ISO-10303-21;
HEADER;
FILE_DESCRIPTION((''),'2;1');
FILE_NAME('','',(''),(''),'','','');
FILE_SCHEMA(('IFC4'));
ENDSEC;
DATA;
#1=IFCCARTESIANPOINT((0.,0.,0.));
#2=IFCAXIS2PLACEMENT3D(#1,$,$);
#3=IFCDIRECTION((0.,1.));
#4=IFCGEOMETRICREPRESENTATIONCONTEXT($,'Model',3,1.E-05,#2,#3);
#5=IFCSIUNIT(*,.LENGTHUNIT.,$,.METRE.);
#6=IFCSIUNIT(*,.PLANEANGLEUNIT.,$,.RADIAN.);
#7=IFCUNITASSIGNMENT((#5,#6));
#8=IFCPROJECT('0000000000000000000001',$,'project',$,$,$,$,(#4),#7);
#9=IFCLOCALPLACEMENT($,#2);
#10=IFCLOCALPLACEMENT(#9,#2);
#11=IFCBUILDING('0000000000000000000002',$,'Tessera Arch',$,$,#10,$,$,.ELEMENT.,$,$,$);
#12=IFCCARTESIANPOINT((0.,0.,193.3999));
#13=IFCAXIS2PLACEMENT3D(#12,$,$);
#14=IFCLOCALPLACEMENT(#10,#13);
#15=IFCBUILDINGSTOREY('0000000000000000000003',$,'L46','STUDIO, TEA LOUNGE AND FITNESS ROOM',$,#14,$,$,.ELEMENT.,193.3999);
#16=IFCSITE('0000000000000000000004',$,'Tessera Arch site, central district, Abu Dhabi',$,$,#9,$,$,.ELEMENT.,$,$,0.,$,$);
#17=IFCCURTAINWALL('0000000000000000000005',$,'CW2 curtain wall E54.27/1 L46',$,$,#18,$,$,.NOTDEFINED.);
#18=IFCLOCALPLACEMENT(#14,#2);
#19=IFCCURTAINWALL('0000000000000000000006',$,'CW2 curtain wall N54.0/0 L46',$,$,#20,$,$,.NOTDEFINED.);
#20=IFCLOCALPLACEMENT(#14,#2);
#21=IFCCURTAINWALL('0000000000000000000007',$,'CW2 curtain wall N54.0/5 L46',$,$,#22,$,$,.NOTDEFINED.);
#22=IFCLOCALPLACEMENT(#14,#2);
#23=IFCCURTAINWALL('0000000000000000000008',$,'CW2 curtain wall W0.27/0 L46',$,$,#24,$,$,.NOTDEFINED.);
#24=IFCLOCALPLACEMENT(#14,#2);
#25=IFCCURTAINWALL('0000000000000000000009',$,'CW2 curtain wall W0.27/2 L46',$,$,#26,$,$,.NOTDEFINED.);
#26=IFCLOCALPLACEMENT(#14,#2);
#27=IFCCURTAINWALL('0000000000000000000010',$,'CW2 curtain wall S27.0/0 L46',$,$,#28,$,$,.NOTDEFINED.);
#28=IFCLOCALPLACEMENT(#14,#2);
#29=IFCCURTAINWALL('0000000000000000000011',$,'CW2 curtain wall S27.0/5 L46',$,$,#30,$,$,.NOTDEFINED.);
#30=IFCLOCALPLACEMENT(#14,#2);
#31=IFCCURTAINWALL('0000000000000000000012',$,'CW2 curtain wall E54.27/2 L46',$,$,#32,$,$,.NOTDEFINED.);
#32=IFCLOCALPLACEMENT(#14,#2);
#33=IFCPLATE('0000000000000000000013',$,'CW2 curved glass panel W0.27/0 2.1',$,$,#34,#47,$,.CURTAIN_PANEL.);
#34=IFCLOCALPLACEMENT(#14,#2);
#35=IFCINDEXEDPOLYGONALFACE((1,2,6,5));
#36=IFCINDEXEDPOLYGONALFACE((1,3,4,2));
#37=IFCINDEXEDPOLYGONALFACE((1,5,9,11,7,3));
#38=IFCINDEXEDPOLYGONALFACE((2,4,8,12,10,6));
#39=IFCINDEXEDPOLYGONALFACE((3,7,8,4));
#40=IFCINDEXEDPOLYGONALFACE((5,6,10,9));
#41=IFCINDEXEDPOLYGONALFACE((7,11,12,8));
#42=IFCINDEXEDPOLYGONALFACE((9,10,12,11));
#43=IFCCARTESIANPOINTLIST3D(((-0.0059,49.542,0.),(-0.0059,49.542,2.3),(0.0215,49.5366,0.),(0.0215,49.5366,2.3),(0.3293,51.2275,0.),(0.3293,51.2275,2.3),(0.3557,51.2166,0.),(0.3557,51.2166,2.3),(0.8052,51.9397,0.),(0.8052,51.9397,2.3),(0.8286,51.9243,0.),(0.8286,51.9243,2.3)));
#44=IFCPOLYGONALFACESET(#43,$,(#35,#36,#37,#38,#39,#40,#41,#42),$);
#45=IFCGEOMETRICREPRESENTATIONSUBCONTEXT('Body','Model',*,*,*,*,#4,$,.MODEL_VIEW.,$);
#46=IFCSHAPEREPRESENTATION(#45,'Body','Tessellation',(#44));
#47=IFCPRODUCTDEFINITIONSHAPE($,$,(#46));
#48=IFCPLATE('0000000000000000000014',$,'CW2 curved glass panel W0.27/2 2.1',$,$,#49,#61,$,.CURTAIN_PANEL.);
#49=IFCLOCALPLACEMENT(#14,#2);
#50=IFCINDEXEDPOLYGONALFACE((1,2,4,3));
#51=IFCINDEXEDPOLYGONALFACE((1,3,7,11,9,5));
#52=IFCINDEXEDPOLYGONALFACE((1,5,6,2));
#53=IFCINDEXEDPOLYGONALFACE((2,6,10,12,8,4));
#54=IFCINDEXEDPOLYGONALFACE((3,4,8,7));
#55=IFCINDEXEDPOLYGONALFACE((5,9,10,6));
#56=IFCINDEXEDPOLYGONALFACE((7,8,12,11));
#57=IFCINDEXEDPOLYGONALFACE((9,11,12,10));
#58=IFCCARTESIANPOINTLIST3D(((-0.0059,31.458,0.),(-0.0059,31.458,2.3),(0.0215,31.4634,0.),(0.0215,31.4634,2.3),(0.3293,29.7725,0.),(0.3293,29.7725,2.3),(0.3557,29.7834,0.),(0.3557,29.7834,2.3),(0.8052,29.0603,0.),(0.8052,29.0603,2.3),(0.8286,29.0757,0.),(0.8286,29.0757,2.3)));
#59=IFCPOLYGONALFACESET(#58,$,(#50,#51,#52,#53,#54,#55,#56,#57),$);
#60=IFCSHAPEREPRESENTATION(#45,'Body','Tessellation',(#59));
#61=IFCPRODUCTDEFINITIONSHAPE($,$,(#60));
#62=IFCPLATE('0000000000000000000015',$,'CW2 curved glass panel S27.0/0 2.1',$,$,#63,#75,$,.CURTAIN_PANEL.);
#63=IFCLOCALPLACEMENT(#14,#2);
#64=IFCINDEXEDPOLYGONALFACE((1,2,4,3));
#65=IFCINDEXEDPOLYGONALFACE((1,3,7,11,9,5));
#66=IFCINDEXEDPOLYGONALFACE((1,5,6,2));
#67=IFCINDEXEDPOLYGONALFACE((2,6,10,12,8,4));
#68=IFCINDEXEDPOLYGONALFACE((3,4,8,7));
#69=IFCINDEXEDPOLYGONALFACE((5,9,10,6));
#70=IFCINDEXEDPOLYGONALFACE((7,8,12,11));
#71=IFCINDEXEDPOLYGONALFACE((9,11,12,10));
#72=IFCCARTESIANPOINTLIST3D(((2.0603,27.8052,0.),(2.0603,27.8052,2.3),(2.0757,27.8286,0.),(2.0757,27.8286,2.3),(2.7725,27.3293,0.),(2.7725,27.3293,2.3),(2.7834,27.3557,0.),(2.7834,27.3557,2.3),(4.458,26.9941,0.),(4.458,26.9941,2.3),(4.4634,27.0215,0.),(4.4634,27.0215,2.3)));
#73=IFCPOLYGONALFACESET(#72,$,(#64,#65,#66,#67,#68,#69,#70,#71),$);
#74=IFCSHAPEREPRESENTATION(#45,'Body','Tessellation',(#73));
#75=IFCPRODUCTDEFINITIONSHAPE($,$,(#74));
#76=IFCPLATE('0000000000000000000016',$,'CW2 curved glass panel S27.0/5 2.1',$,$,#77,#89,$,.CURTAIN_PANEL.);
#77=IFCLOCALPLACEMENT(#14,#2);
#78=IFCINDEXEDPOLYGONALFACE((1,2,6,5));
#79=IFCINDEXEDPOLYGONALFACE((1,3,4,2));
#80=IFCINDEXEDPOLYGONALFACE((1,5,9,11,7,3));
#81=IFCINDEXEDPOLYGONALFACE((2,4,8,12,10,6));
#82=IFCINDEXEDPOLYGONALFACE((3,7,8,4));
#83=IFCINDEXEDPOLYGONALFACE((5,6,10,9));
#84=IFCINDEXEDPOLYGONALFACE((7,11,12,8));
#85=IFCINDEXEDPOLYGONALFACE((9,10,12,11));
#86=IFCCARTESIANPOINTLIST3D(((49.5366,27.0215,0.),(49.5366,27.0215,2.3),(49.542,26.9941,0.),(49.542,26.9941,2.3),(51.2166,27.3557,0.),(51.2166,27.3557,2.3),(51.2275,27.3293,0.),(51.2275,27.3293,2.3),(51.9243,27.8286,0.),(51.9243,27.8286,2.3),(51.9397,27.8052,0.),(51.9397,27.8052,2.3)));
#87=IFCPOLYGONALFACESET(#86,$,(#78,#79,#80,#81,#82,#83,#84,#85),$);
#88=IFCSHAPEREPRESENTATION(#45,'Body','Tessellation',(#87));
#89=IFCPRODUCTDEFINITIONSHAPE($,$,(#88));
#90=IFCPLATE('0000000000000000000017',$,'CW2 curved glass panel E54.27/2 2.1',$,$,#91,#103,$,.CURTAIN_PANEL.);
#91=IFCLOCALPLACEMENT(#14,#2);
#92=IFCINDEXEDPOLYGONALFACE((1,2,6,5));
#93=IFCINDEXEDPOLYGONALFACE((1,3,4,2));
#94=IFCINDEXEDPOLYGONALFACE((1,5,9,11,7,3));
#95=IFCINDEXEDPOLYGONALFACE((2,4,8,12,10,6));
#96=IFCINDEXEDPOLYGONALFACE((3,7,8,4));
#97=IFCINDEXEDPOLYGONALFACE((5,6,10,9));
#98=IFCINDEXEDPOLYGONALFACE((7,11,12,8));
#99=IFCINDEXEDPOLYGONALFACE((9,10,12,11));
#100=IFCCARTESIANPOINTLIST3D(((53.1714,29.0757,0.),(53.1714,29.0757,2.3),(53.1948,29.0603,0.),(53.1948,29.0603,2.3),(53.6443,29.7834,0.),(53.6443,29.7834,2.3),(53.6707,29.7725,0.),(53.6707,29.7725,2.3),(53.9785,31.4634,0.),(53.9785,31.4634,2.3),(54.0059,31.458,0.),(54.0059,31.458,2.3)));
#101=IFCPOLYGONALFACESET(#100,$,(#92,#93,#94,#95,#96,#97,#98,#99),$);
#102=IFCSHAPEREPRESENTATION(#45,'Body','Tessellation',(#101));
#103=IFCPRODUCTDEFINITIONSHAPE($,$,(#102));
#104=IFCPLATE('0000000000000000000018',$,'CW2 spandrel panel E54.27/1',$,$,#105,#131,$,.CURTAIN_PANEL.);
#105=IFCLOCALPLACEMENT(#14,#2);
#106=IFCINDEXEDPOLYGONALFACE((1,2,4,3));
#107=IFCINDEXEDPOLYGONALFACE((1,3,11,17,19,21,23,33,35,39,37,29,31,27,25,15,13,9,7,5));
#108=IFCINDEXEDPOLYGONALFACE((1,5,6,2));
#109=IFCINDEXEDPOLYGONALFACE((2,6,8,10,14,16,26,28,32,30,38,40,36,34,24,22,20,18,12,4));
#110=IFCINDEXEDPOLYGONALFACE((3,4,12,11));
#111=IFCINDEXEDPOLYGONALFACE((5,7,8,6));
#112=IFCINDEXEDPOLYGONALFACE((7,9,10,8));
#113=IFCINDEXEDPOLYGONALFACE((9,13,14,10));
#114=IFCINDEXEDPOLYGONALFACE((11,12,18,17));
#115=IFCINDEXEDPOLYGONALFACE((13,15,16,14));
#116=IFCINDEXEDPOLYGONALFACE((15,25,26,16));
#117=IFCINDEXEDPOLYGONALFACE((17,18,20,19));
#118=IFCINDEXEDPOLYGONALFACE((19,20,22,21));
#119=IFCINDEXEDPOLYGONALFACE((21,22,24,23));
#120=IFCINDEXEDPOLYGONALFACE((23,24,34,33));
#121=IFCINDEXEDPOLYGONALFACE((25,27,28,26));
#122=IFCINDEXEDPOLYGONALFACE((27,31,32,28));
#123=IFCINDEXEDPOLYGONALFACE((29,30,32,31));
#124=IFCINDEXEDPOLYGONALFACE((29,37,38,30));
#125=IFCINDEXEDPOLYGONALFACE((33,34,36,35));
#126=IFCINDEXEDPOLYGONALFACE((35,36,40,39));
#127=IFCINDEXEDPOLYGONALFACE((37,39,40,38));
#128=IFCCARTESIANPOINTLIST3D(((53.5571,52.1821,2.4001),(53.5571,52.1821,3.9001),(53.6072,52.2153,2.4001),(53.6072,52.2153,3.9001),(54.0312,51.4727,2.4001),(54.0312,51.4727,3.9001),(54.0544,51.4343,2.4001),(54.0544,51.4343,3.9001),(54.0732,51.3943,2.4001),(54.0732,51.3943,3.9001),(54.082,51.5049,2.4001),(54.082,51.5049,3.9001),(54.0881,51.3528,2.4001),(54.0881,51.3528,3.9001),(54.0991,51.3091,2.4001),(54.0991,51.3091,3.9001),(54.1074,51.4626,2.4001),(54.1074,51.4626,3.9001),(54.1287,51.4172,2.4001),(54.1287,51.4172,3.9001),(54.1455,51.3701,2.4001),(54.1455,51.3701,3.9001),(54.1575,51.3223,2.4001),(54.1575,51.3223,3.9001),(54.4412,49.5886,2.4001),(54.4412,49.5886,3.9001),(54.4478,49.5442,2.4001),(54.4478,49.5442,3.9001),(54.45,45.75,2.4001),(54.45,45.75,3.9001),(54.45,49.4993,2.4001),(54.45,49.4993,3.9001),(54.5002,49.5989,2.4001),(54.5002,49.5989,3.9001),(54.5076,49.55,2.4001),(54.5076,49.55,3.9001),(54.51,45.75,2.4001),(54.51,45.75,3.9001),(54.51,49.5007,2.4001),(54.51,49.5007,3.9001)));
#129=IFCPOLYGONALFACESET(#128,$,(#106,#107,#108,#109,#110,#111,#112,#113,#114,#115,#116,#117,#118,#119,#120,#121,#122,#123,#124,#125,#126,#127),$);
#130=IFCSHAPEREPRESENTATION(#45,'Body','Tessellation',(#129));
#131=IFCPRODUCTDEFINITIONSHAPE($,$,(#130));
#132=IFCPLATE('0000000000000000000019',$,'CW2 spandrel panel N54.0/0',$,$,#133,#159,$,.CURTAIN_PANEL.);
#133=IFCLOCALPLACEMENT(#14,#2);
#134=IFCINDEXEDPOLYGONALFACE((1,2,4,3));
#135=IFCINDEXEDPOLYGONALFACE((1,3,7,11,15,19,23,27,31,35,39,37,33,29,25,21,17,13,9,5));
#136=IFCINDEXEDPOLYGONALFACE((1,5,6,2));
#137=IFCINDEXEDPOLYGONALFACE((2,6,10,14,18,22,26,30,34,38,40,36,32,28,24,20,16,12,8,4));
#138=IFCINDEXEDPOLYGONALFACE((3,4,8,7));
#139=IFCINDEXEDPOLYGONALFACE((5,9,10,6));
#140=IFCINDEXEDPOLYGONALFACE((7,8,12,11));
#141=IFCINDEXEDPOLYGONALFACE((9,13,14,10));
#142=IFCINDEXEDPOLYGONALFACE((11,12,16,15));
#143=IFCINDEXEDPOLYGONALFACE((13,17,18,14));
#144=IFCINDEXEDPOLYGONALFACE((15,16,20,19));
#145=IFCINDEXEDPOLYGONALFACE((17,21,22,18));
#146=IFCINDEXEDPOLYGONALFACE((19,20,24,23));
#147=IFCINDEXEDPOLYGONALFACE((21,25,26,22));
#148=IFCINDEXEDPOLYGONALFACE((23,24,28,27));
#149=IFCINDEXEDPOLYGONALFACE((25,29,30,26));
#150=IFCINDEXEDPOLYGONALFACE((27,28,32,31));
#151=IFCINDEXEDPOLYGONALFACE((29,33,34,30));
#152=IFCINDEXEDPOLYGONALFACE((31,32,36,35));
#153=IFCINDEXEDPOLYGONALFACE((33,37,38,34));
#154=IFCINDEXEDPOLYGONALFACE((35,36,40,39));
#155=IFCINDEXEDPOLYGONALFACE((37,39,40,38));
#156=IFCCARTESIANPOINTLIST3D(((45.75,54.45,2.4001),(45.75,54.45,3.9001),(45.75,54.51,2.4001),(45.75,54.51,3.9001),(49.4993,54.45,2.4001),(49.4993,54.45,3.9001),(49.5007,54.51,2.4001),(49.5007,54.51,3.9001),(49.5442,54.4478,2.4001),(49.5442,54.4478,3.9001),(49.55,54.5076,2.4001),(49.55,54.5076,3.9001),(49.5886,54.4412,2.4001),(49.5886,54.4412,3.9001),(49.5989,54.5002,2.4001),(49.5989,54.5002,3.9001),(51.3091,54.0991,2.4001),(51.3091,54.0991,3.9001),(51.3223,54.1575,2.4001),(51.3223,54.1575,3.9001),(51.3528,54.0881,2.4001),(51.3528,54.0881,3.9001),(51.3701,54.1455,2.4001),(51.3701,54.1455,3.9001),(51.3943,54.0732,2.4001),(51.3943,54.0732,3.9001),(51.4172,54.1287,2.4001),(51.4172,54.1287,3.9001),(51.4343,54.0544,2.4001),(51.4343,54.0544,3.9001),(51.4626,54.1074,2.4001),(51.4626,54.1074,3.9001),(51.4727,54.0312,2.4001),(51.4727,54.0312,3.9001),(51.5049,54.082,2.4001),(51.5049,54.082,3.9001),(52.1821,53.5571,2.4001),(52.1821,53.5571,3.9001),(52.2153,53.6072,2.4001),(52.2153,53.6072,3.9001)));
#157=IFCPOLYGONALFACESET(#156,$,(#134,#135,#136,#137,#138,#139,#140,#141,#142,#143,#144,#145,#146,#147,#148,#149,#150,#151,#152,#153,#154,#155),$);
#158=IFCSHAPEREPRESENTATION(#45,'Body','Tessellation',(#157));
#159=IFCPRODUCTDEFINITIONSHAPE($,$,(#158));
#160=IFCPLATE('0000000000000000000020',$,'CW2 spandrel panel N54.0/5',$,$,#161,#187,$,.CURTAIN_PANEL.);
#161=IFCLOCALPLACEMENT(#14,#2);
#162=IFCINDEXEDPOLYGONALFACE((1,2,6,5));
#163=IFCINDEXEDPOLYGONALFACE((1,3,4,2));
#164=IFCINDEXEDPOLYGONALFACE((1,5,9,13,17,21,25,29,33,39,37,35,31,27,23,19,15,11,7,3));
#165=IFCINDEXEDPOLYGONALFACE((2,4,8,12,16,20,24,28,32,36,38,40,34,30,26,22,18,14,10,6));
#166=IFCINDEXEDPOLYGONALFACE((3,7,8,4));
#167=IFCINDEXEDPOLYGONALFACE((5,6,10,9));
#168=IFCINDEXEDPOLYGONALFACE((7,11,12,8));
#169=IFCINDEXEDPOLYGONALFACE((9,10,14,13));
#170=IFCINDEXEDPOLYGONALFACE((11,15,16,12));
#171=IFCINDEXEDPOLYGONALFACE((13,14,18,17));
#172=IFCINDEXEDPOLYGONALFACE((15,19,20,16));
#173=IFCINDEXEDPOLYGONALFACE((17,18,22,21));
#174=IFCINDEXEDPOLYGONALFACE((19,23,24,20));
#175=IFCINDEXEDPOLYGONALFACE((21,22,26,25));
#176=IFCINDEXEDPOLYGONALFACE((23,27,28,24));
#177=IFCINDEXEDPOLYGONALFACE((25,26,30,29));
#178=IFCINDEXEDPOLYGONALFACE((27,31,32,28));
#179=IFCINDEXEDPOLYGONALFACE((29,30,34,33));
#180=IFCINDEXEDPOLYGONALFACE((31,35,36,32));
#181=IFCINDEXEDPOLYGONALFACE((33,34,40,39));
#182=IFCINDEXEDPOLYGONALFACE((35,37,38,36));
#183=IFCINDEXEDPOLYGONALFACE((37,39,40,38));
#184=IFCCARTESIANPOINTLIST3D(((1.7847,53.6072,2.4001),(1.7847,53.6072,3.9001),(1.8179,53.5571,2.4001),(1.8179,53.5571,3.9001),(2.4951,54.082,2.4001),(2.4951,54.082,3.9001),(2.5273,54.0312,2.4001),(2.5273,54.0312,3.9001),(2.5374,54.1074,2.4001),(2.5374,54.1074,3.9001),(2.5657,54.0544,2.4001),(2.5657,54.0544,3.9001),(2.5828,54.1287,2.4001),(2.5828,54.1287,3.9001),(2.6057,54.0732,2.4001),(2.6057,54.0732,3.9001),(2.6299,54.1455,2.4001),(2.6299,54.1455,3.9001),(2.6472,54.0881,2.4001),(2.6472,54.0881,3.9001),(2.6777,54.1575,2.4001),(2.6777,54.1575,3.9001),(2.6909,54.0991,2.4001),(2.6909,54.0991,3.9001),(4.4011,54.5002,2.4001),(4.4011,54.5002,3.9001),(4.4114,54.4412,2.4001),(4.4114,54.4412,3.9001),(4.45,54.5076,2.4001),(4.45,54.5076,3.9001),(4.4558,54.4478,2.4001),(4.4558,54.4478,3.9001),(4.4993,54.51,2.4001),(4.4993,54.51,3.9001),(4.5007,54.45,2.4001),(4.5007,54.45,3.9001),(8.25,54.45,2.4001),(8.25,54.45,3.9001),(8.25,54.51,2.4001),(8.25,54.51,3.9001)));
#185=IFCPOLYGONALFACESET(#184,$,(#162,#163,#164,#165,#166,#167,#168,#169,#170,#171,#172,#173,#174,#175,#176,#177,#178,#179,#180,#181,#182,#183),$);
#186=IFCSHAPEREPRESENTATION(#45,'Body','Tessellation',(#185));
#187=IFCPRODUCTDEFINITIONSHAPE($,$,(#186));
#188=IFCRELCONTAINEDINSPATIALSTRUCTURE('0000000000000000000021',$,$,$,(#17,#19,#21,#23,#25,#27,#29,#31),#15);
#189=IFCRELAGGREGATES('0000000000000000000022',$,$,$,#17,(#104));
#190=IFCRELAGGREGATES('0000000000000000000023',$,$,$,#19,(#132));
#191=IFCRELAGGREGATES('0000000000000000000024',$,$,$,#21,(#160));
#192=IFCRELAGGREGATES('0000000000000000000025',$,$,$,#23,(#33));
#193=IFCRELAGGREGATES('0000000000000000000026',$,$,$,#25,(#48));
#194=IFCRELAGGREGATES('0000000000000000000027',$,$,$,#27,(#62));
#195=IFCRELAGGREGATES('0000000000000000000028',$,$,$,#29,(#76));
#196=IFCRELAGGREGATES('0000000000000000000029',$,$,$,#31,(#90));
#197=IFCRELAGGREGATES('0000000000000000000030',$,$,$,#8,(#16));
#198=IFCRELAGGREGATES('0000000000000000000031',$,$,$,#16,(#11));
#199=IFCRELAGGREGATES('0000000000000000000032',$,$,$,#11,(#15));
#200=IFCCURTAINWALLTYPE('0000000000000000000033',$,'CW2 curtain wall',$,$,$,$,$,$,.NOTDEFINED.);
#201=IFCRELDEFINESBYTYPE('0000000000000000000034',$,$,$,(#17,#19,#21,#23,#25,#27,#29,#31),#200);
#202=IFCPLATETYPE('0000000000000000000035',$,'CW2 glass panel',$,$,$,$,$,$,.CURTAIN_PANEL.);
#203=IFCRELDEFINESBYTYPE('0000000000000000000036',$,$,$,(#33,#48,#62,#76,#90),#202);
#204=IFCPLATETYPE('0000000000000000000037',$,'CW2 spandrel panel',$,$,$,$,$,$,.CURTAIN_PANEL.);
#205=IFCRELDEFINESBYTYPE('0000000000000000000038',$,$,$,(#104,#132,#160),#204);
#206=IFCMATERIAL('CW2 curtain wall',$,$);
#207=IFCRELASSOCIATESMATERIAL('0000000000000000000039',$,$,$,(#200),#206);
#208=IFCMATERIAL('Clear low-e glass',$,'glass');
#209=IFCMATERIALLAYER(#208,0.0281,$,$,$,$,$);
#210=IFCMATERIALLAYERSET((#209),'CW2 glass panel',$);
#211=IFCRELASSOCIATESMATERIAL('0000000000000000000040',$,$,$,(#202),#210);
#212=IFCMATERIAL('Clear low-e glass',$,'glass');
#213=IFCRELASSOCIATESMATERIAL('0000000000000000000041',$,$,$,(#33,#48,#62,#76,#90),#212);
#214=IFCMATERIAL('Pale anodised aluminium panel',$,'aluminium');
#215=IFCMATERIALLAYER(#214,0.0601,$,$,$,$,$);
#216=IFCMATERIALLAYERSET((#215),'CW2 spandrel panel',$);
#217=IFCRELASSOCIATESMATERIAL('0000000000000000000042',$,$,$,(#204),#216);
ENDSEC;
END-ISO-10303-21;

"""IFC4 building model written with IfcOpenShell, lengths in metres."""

from ifc_helpers import new_model, si_unit, direction, frame, origin, place, context, subcontext, project, spatial, polyline, outline, extrude, material, layer, layer_set, type_object, element, aggregate, save


model = new_model("IFC4")

# Units and contexts
model_context = context("Model", 3, precision=1e-05, world=origin(), true_north=direction((0.0, 1.0)))
body_context = subcontext(model_context, "Body", "Model", "MODEL_VIEW")
ifc_project = project(units=[si_unit("LENGTHUNIT", "METRE"), si_unit("PLANEANGLEUNIT", "RADIAN")], contexts=[model_context])

# Site, building, storey
site_placement = place(None, origin())
site = spatial("IfcSite", under=ifc_project, at=site_placement, Name="Tessera Arch site, central district, Abu Dhabi", CompositionType="ELEMENT", RefElevation=0.0)
building_placement = place(site_placement, origin())
building = spatial("IfcBuilding", under=site, at=building_placement, Name="Tessera Arch", CompositionType="ELEMENT")
storey_placement = place(building_placement, frame((0.0, 0.0, 193.3999)))
storey = spatial("IfcBuildingStorey", under=building, at=storey_placement, Name="L46", Description="STUDIO, TEA LOUNGE AND FITNESS ROOM", CompositionType="ELEMENT", Elevation=193.3999)

# Curtain walls
ifc_material_1 = material(Name="CW2 curtain wall")
curtain_wall_type = type_object("IfcCurtainWallType", Name="CW2 curtain wall", PredefinedType="NOTDEFINED", material=ifc_material_1)
curtain_wall_1_placement = place(storey_placement, origin())
curtain_wall_1 = element("IfcCurtainWall", 1, at=curtain_wall_1_placement, inside=storey, type_object=curtain_wall_type, Name="CW2 curtain wall E54.27/1 L46", PredefinedType="NOTDEFINED")
curtain_wall_2_placement = place(storey_placement, origin())
curtain_wall_2 = element("IfcCurtainWall", 2, at=curtain_wall_2_placement, inside=storey, type_object=curtain_wall_type, Name="CW2 curtain wall N54.0/0 L46", PredefinedType="NOTDEFINED")
curtain_wall_3_placement = place(storey_placement, origin())
curtain_wall_3 = element("IfcCurtainWall", 3, at=curtain_wall_3_placement, inside=storey, type_object=curtain_wall_type, Name="CW2 curtain wall N54.0/5 L46", PredefinedType="NOTDEFINED")
curtain_wall_4_placement = place(storey_placement, origin())
curtain_wall_4 = element("IfcCurtainWall", 4, at=curtain_wall_4_placement, inside=storey, type_object=curtain_wall_type, Name="CW2 curtain wall W0.27/0 L46", PredefinedType="NOTDEFINED")
curtain_wall_5_placement = place(storey_placement, origin())
curtain_wall_5 = element("IfcCurtainWall", 5, at=curtain_wall_5_placement, inside=storey, type_object=curtain_wall_type, Name="CW2 curtain wall W0.27/2 L46", PredefinedType="NOTDEFINED")
curtain_wall_6_placement = place(storey_placement, origin())
curtain_wall_6 = element("IfcCurtainWall", 6, at=curtain_wall_6_placement, inside=storey, type_object=curtain_wall_type, Name="CW2 curtain wall S27.0/0 L46", PredefinedType="NOTDEFINED")
curtain_wall_7_placement = place(storey_placement, origin())
curtain_wall_7 = element("IfcCurtainWall", 7, at=curtain_wall_7_placement, inside=storey, type_object=curtain_wall_type, Name="CW2 curtain wall S27.0/5 L46", PredefinedType="NOTDEFINED")
curtain_wall_8_placement = place(storey_placement, origin())
curtain_wall_8 = element("IfcCurtainWall", 8, at=curtain_wall_8_placement, inside=storey, type_object=curtain_wall_type, Name="CW2 curtain wall E54.27/2 L46", PredefinedType="NOTDEFINED")

# Plates
ifc_material_2 = material(Name="Clear low-e glass", Category="glass")
ifc_material_3 = material(Name="Clear low-e glass", Category="glass")
ifc_layer_1 = layer(ifc_material_3, 0.0281)
ifc_layer_set_1 = layer_set([ifc_layer_1], Name="CW2 glass panel")
plate_type_1 = type_object("IfcPlateType", Name="CW2 glass panel", PredefinedType="CURTAIN_PANEL", material=ifc_layer_set_1)
plate_1_placement = place(storey_placement, origin())
plate_1 = element("IfcPlate", 9, at=plate_1_placement, type_object=plate_type_1, material=ifc_material_2, Name="CW2 curved glass panel W0.27/0 2.1", PredefinedType="CURTAIN_PANEL", context=body_context, shape_type="SweptSolid", body=[
    extrude(outline(polyline([(0.3557, 51.2166), (0.8286, 51.9243), (0.8052, 51.9397), (0.3293, 51.2275), (-0.0059, 49.542), (0.0215, 49.5366), (0.3557, 51.2166)])), origin(), (0.0, 0.0, 1.0), 2.3),
])
plate_2_placement = place(storey_placement, origin())
plate_2 = element("IfcPlate", 10, at=plate_2_placement, type_object=plate_type_1, material=ifc_material_2, Name="CW2 curved glass panel W0.27/2 2.1", PredefinedType="CURTAIN_PANEL", context=body_context, shape_type="SweptSolid", body=[
    extrude(outline(polyline([(0.3557, 29.7834), (0.0215, 31.4634), (-0.0059, 31.458), (0.3293, 29.7725), (0.8052, 29.0603), (0.8286, 29.0757), (0.3557, 29.7834)])), origin(), (0.0, 0.0, 1.0), 2.3),
])
plate_3_placement = place(storey_placement, origin())
plate_3 = element("IfcPlate", 11, at=plate_3_placement, type_object=plate_type_1, material=ifc_material_2, Name="CW2 curved glass panel S27.0/0 2.1", PredefinedType="CURTAIN_PANEL", context=body_context, shape_type="SweptSolid", body=[
    extrude(outline(polyline([(2.7834, 27.3557), (2.0757, 27.8286), (2.0603, 27.8052), (2.7725, 27.3293), (4.458, 26.9941), (4.4634, 27.0215), (2.7834, 27.3557)])), origin(), (0.0, 0.0, 1.0), 2.3),
])
plate_4_placement = place(storey_placement, origin())
plate_4 = element("IfcPlate", 12, at=plate_4_placement, type_object=plate_type_1, material=ifc_material_2, Name="CW2 curved glass panel S27.0/5 2.1", PredefinedType="CURTAIN_PANEL", context=body_context, shape_type="SweptSolid", body=[
    extrude(outline(polyline([(51.2166, 27.3557), (49.5366, 27.0215), (49.542, 26.9941), (51.2275, 27.3293), (51.9397, 27.8052), (51.9243, 27.8286), (51.2166, 27.3557)])), origin(), (0.0, 0.0, 1.0), 2.3),
])
plate_5_placement = place(storey_placement, origin())
plate_5 = element("IfcPlate", 13, at=plate_5_placement, type_object=plate_type_1, material=ifc_material_2, Name="CW2 curved glass panel E54.27/2 2.1", PredefinedType="CURTAIN_PANEL", context=body_context, shape_type="SweptSolid", body=[
    extrude(outline(polyline([(53.6443, 29.7834), (53.1714, 29.0757), (53.1948, 29.0603), (53.6707, 29.7725), (54.0059, 31.458), (53.9785, 31.4634), (53.6443, 29.7834)])), origin(), (0.0, 0.0, 1.0), 2.3),
])
ifc_material_4 = material(Name="Pale anodised aluminium panel", Category="aluminium")
ifc_layer_2 = layer(ifc_material_4, 0.0601)
ifc_layer_set_2 = layer_set([ifc_layer_2], Name="CW2 spandrel panel")
plate_type_2 = type_object("IfcPlateType", Name="CW2 spandrel panel", PredefinedType="CURTAIN_PANEL", material=ifc_layer_set_2)
plate_6_placement = place(storey_placement, frame((0.0, 0.0, 2.4001)))
plate_6 = element("IfcPlate", 14, at=plate_6_placement, type_object=plate_type_2, Name="CW2 spandrel panel E54.27/1", PredefinedType="CURTAIN_PANEL", context=body_context, shape_type="SweptSolid", body=[
    extrude(outline(polyline([(54.45, 49.4993), (54.45, 45.75), (54.51, 45.75), (54.51, 49.5007), (54.5076, 49.55), (54.5002, 49.5989), (54.1575, 51.3223), (54.1455, 51.3701), (54.1287, 51.4172), (54.1074, 51.4626), (54.082, 51.5049), (53.6072, 52.2153), (53.5571, 52.1821), (54.0312, 51.4727), (54.0544, 51.4343), (54.0732, 51.3943), (54.0881, 51.3528), (54.0991, 51.3091), (54.4412, 49.5886), (54.4478, 49.5442), (54.45, 49.4993)])), origin(), (0.0, 0.0, 1.0), 1.5),
])
aggregate(curtain_wall_1, [plate_6])
plate_7_placement = place(storey_placement, frame((0.0, 0.0, 2.4001)))
plate_7 = element("IfcPlate", 15, at=plate_7_placement, type_object=plate_type_2, Name="CW2 spandrel panel N54.0/0", PredefinedType="CURTAIN_PANEL", context=body_context, shape_type="SweptSolid", body=[
    extrude(outline(polyline([(51.4727, 54.0312), (52.1821, 53.5571), (52.2153, 53.6072), (51.5049, 54.082), (51.4626, 54.1074), (51.4172, 54.1287), (51.3701, 54.1455), (51.3223, 54.1575), (49.5989, 54.5002), (49.55, 54.5076), (49.5007, 54.51), (45.75, 54.51), (45.75, 54.45), (49.4993, 54.45), (49.5442, 54.4478), (49.5886, 54.4412), (51.3091, 54.0991), (51.3528, 54.0881), (51.3943, 54.0732), (51.4343, 54.0544), (51.4727, 54.0312)])), origin(), (0.0, 0.0, 1.0), 1.5),
])
aggregate(curtain_wall_2, [plate_7])
plate_8_placement = place(storey_placement, frame((0.0, 0.0, 2.4001)))
plate_8 = element("IfcPlate", 16, at=plate_8_placement, type_object=plate_type_2, Name="CW2 spandrel panel N54.0/5", PredefinedType="CURTAIN_PANEL", context=body_context, shape_type="SweptSolid", body=[
    extrude(outline(polyline([(4.5007, 54.45), (8.25, 54.45), (8.25, 54.51), (4.4993, 54.51), (4.45, 54.5076), (4.4011, 54.5002), (2.6777, 54.1575), (2.6299, 54.1455), (2.5828, 54.1287), (2.5374, 54.1074), (2.4951, 54.082), (1.7847, 53.6072), (1.8179, 53.5571), (2.5273, 54.0312), (2.5657, 54.0544), (2.6057, 54.0732), (2.6472, 54.0881), (2.6909, 54.0991), (4.4114, 54.4412), (4.4558, 54.4478), (4.5007, 54.45)])), origin(), (0.0, 0.0, 1.0), 1.5),
])
aggregate(curtain_wall_3, [plate_8])
aggregate(curtain_wall_4, [plate_1])
aggregate(curtain_wall_5, [plate_2])
aggregate(curtain_wall_6, [plate_3])
aggregate(curtain_wall_7, [plate_4])
aggregate(curtain_wall_8, [plate_5])

save(model, "model.ifc")
